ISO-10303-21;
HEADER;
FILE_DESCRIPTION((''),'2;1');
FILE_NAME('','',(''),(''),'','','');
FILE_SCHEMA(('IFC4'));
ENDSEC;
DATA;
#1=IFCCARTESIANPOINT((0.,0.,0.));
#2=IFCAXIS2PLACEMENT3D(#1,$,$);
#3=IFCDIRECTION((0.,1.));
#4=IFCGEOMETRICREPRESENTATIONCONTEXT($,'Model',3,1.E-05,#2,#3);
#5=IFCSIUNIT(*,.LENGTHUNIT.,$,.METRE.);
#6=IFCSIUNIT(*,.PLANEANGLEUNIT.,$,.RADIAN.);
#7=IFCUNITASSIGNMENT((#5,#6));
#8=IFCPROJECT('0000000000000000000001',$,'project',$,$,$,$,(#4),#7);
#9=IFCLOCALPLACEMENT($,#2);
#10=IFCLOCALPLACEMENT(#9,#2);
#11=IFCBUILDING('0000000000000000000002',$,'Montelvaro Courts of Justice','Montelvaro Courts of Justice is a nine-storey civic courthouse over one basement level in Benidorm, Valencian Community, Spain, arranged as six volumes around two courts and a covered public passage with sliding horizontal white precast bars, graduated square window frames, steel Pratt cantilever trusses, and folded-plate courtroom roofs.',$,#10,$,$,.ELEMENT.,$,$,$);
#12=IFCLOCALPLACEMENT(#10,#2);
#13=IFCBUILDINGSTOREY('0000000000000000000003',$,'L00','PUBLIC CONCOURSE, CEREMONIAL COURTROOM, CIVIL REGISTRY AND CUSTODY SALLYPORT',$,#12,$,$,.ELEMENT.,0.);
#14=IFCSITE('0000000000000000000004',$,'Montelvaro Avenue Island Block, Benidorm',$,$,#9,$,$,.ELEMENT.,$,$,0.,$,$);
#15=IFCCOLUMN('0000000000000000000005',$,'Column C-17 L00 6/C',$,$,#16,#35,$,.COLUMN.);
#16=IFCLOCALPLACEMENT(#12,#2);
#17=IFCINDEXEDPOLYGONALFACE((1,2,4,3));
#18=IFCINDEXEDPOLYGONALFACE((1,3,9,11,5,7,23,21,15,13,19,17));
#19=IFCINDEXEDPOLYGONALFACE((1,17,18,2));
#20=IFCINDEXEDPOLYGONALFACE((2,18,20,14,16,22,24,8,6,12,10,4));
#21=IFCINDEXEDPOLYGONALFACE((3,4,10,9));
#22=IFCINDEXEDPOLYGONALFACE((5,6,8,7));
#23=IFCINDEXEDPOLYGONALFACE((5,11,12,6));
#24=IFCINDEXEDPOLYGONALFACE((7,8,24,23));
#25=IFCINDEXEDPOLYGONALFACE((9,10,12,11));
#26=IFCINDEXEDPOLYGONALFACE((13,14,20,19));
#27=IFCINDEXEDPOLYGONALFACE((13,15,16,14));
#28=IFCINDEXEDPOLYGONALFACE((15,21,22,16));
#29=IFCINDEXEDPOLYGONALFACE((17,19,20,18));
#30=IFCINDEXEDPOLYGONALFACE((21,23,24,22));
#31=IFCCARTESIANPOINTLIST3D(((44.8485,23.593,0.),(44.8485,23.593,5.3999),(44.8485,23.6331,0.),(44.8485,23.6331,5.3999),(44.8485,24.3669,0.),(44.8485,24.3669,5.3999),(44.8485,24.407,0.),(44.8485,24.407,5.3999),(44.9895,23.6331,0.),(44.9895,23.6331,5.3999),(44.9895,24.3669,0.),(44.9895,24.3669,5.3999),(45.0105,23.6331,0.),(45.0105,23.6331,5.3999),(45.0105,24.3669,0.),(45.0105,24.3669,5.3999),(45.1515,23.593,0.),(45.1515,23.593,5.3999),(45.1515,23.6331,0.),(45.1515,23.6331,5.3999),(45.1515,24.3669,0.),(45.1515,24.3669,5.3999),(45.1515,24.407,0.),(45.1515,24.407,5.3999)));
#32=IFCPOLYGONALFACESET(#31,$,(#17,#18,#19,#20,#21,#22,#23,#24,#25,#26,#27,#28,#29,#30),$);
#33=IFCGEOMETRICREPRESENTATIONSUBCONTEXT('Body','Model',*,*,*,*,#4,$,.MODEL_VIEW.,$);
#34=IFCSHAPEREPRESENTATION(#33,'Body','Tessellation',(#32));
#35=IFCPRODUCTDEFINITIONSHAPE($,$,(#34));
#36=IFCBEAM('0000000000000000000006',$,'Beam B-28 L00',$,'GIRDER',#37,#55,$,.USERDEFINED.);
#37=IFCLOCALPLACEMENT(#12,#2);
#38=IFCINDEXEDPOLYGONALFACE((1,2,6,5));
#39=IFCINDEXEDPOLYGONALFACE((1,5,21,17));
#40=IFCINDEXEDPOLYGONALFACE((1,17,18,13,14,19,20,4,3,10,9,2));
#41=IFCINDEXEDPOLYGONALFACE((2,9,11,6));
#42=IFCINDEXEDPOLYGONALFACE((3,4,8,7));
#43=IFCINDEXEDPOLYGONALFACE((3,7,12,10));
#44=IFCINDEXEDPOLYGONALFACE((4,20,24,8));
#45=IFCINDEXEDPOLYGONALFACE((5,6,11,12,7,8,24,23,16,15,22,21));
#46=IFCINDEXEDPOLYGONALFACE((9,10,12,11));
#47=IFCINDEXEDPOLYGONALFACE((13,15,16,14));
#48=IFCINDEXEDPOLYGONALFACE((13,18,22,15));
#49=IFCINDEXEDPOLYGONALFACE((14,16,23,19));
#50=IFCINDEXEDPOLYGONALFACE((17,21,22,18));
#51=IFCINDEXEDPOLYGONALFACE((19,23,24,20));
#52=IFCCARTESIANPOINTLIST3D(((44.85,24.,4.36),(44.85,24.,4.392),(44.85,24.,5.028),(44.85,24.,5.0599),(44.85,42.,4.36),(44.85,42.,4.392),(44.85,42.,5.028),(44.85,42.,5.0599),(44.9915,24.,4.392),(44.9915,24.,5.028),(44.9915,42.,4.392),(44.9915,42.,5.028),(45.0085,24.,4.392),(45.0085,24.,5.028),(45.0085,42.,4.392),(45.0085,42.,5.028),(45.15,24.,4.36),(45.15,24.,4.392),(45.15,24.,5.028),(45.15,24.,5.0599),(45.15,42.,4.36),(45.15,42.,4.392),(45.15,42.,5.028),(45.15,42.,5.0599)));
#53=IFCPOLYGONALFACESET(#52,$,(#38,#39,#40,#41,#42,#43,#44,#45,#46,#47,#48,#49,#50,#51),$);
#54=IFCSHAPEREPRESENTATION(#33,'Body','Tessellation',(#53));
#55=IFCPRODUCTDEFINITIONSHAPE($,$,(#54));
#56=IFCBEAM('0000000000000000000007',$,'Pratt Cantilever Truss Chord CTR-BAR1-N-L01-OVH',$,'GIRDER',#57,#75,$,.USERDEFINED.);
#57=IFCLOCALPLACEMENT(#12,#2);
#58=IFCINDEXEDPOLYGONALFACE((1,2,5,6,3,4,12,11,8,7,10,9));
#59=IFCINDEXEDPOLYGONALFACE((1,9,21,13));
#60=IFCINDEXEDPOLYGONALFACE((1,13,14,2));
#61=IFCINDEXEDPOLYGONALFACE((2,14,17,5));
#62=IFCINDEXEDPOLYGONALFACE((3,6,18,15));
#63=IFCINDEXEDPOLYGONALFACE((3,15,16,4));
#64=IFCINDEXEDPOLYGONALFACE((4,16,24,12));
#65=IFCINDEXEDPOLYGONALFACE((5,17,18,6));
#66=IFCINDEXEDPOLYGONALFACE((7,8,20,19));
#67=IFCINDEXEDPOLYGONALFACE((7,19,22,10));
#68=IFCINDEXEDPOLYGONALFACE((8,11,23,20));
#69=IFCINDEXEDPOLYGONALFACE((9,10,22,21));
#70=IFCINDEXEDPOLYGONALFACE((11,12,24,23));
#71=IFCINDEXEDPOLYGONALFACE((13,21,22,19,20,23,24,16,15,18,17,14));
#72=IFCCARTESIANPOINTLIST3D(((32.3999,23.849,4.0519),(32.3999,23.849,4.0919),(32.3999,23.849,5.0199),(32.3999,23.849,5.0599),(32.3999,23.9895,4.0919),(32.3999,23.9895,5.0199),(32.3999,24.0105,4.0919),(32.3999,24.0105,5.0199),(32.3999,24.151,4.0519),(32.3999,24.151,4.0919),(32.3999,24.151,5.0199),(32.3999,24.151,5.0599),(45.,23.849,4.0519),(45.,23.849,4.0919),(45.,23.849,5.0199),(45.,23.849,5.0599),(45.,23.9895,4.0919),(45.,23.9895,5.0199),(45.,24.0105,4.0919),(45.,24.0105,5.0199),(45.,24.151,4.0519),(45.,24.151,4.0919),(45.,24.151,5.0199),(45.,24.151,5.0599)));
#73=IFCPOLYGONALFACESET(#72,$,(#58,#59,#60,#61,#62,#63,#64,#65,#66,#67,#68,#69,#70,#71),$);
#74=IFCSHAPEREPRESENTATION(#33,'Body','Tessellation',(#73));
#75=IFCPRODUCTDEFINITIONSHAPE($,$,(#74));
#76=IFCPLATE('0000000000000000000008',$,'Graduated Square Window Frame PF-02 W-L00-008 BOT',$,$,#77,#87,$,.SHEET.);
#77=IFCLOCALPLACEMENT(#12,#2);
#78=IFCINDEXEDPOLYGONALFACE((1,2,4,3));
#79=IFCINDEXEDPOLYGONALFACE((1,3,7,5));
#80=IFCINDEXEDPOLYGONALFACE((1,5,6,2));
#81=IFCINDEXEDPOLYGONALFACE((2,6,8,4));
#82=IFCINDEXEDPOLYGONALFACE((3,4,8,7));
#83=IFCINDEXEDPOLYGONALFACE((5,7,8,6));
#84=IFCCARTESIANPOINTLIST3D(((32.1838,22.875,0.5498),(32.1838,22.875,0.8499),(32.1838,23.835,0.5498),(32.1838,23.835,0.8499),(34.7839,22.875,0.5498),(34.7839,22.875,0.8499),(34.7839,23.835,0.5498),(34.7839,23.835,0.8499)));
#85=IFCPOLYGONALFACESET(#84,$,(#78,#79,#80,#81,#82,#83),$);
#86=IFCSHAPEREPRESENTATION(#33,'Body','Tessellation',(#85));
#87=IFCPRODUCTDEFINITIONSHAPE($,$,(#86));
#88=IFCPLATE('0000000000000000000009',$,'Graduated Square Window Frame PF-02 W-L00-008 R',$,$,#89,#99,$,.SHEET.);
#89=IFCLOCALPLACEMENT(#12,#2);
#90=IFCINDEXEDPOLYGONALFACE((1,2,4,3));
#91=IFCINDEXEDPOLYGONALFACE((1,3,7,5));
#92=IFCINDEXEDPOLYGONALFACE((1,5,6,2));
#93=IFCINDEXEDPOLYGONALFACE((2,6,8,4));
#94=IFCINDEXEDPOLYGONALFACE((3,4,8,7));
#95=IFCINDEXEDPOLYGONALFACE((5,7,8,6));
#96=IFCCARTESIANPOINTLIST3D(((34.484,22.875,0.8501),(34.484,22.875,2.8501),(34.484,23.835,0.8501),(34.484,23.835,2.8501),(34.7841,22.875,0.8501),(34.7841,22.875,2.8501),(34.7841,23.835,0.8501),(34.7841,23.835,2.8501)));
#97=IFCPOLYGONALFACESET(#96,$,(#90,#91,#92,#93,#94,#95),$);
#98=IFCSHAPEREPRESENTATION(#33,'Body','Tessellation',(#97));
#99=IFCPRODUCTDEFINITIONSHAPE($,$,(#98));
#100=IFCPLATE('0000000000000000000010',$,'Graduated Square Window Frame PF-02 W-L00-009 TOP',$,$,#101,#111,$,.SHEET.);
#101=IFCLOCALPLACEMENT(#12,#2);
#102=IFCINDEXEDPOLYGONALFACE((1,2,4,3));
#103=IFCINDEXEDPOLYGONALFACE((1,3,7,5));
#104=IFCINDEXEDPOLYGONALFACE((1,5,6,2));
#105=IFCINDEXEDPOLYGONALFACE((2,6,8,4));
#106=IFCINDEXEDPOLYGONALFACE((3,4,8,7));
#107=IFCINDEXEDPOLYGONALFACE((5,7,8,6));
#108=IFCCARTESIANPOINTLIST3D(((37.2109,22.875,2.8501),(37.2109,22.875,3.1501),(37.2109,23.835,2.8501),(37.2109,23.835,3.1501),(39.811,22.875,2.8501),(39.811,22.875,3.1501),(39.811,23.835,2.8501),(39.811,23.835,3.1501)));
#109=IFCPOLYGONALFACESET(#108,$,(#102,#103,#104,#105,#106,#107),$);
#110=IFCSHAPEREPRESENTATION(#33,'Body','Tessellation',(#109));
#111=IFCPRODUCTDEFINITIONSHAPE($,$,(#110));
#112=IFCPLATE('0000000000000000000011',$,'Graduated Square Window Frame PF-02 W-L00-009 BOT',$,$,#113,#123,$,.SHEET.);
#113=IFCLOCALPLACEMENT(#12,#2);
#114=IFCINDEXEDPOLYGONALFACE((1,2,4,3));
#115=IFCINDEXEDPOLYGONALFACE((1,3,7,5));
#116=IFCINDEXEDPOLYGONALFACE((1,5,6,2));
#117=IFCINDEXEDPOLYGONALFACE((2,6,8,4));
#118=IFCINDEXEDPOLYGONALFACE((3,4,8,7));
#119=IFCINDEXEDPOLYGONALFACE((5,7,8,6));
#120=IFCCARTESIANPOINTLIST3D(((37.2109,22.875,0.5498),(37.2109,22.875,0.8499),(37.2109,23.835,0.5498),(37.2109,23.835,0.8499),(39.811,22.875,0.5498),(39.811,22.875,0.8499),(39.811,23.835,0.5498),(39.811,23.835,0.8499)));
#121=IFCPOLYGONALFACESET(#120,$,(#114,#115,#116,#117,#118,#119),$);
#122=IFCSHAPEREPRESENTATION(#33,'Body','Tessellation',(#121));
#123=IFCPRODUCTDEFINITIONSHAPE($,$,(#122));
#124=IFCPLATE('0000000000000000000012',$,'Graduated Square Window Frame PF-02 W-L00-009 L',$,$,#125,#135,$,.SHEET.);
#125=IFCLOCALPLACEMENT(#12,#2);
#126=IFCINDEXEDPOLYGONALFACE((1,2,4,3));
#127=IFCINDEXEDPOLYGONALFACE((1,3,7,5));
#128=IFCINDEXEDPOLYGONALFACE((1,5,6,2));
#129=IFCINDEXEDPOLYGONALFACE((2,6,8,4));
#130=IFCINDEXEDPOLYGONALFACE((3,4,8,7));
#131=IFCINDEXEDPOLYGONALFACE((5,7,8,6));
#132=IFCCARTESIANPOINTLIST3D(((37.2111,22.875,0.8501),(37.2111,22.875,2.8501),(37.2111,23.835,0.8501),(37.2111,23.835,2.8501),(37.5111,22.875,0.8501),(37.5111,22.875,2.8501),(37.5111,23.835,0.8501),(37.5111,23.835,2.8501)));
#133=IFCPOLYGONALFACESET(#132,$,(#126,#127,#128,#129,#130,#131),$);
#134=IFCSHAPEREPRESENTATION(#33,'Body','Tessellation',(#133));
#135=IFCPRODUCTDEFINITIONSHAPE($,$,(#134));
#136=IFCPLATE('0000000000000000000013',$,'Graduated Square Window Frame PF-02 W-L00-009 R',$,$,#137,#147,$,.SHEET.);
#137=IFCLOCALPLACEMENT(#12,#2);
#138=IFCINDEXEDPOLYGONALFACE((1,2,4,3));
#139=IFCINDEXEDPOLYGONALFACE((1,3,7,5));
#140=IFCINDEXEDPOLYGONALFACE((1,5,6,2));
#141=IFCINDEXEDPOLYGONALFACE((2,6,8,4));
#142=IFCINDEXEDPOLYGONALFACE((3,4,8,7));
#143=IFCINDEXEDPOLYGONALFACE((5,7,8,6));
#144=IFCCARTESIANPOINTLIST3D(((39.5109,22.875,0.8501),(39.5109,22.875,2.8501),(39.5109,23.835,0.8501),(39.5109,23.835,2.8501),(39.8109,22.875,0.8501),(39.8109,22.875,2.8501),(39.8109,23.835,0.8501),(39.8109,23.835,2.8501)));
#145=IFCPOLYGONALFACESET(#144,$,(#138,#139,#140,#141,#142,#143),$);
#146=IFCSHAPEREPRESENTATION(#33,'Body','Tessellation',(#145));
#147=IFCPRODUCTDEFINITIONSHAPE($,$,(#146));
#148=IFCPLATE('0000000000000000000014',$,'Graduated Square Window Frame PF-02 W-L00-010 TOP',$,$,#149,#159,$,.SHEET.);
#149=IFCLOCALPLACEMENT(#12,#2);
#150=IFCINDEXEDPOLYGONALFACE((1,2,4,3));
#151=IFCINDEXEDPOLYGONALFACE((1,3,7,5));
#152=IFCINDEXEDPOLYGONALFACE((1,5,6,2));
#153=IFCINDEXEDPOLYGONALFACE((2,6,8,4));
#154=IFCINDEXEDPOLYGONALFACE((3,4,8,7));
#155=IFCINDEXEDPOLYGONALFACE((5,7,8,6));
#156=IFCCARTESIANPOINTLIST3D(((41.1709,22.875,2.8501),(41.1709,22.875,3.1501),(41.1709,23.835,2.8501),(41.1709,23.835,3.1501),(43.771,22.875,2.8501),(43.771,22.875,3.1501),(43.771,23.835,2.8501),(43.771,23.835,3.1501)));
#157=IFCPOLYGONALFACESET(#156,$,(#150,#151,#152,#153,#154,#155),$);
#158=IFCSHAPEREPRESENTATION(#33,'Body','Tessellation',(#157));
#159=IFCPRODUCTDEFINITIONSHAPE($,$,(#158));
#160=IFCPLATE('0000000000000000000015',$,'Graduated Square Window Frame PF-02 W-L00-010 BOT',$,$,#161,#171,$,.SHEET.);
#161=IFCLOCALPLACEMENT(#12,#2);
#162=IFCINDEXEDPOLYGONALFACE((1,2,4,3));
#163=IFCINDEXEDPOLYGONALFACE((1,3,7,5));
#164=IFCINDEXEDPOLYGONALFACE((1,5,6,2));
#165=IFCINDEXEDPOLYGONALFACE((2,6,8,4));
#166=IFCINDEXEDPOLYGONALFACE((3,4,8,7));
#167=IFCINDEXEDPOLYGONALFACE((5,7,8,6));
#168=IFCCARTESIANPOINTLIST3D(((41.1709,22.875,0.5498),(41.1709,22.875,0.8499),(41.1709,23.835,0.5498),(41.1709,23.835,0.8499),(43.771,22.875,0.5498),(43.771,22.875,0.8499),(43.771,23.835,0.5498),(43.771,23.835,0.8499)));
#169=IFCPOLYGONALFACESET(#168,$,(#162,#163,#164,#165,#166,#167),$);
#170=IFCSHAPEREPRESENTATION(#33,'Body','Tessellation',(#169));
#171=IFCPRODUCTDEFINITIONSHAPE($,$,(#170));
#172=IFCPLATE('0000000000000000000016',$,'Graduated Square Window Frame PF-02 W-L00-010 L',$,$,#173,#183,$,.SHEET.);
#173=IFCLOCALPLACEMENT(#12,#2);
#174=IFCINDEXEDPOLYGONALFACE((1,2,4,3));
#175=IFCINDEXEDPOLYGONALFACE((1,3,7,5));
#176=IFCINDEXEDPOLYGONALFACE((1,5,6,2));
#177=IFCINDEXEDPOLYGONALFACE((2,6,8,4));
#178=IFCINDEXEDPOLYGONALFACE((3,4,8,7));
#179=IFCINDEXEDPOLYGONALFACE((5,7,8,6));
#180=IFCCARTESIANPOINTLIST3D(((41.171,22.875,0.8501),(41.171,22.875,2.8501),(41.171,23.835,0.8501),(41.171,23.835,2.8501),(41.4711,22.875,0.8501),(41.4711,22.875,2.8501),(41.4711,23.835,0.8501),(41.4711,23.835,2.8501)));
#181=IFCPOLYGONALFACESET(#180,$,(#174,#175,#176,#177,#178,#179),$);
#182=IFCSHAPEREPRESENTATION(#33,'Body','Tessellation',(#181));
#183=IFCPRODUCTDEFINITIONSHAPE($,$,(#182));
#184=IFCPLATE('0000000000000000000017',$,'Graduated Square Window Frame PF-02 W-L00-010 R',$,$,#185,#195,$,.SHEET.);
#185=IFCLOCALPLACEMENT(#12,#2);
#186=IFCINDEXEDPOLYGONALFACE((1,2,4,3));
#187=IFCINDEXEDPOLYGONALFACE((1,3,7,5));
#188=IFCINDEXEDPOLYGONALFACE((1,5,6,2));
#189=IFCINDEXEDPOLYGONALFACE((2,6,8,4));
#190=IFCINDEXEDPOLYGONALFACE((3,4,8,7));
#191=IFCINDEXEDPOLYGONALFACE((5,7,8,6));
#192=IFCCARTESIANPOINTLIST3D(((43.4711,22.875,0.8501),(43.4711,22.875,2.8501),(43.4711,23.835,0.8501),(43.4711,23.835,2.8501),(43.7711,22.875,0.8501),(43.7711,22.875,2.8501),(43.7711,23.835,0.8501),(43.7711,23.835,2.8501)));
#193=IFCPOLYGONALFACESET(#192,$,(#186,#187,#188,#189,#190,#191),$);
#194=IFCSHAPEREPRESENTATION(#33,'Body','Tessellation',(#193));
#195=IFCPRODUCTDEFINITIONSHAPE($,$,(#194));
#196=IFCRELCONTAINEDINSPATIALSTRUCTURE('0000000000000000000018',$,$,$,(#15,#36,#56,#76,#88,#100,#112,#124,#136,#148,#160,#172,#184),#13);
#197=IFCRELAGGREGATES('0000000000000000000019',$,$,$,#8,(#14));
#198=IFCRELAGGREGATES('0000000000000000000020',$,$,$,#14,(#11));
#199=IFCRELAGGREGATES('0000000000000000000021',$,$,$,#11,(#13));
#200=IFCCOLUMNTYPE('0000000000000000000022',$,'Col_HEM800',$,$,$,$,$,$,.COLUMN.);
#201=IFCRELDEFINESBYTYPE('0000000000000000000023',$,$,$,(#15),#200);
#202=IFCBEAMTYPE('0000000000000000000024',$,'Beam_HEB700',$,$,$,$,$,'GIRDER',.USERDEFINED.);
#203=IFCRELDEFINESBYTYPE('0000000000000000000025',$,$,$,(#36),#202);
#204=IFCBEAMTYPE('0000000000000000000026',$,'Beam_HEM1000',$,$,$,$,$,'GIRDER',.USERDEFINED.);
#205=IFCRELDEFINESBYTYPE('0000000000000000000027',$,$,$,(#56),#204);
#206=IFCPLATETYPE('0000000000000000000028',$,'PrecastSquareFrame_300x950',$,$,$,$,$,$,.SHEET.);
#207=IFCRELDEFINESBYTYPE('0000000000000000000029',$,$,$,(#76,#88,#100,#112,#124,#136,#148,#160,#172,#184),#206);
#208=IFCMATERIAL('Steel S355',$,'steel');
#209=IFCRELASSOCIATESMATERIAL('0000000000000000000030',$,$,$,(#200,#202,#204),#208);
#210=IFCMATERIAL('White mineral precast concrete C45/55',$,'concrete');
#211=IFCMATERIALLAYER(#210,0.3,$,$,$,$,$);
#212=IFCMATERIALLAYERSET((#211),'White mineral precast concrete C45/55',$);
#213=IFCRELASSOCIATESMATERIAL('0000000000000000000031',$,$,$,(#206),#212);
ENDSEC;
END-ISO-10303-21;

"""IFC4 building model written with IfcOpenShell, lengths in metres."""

from ifc_helpers import new_model, si_unit, direction, frame, origin, origin_2d, place, context, subcontext, project, spatial, rectangle, i_section, extrude, material, layer, layer_set, material_profile, profile_set, type_object, element, save


model = new_model("IFC4")

# Units and contexts
model_context = context("Model", 3, precision=1e-05, world=origin(), true_north=direction((0.0, 1.0)))
body_context = subcontext(model_context, "Body", "Model", "MODEL_VIEW")
ifc_project = project(units=[si_unit("LENGTHUNIT", "METRE"), si_unit("PLANEANGLEUNIT", "RADIAN")], contexts=[model_context])

# Site, building, storey
site_placement = place(None, origin())
site = spatial("IfcSite", under=ifc_project, at=site_placement, Name="Montelvaro Avenue Island Block, Benidorm", CompositionType="ELEMENT", RefElevation=0.0)
building_placement = place(site_placement, origin())
building = spatial("IfcBuilding", under=site, at=building_placement, Name="Montelvaro Courts of Justice", Description="Montelvaro Courts of Justice is a nine-storey civic courthouse over one basement level in Benidorm, Valencian Community, Spain, arranged as six volumes around two courts and a covered public passage with sliding horizontal white precast bars, graduated square window frames, steel Pratt cantilever trusses, and folded-plate courtroom roofs.", CompositionType="ELEMENT")
storey_placement = place(building_placement, origin())
storey = spatial("IfcBuildingStorey", under=building, at=storey_placement, Name="L00", Description="PUBLIC CONCOURSE, CEREMONIAL COURTROOM, CIVIL REGISTRY AND CUSTODY SALLYPORT", CompositionType="ELEMENT", Elevation=0.0)

# Column
ifc_material_1 = material(Name="Steel S355", Category="steel")
ifc_material_profile_1 = material_profile(ifc_material_1, i_section(OverallWidth=0.303, OverallDepth=0.814, WebThickness=0.021, FlangeThickness=0.04, at=origin_2d()), Name="HEM 800")
ifc_profile_set_1 = profile_set([ifc_material_profile_1], Name="Steel S355")
column_type = type_object("IfcColumnType", Name="Col_HEM800", PredefinedType="COLUMN", material=ifc_profile_set_1)
column_placement = place(storey_placement, frame((45.0, 24.0, 0.0), z_axis=(0.0, 0.0, 1.0), x_axis=(1.0, 0.0, 0.0)))
element("IfcColumn", 1, at=column_placement, inside=storey, type_object=column_type, Name="Column C-17 L00 6/C", PredefinedType="COLUMN", context=body_context, shape_type="SweptSolid", body=[
    extrude(i_section(OverallWidth=0.303, OverallDepth=0.814, WebThickness=0.021, FlangeThickness=0.04, at=origin_2d()), origin(), (0.0, 0.0, 1.0), 5.3999),
])

# Beams
ifc_material_profile_2 = material_profile(ifc_material_1, i_section(OverallWidth=0.3, OverallDepth=0.7, WebThickness=0.0171, FlangeThickness=0.032, at=origin_2d()), Name="HEB 700")
ifc_profile_set_2 = profile_set([ifc_material_profile_2], Name="Steel S355")
beam_type_1 = type_object("IfcBeamType", Name="Beam_HEB700", ElementType="GIRDER", PredefinedType="USERDEFINED", material=ifc_profile_set_2)
beam_1_placement = place(storey_placement, frame((45.0, 24.0, 4.71), z_axis=(0.0, 1.0, 0.0), x_axis=(-1.0, 0.0, 0.0)))
element("IfcBeam", 2, at=beam_1_placement, inside=storey, type_object=beam_type_1, Name="Beam B-28 L00", ObjectType="GIRDER", PredefinedType="USERDEFINED", context=body_context, shape_type="SweptSolid", body=[
    extrude(i_section(OverallWidth=0.3, OverallDepth=0.7, WebThickness=0.0171, FlangeThickness=0.032, at=origin_2d()), origin(), (0.0, 0.0, 1.0), 18.0),
])
ifc_material_profile_3 = material_profile(ifc_material_1, i_section(OverallWidth=0.302, OverallDepth=1.0081, WebThickness=0.021, FlangeThickness=0.04, at=origin_2d()), Name="HEM 1000")
ifc_profile_set_3 = profile_set([ifc_material_profile_3], Name="Steel S355")
beam_type_2 = type_object("IfcBeamType", Name="Beam_HEM1000", ElementType="GIRDER", PredefinedType="USERDEFINED", material=ifc_profile_set_3)
beam_2_placement = place(storey_placement, frame((45.0, 24.0, 4.5559), z_axis=(-1.0, 0.0, 0.0), x_axis=(0.0, -1.0, 0.0)))
element("IfcBeam", 3, at=beam_2_placement, inside=storey, type_object=beam_type_2, Name="Pratt Cantilever Truss Chord CTR-BAR1-N-L01-OVH", ObjectType="GIRDER", PredefinedType="USERDEFINED", context=body_context, shape_type="SweptSolid", body=[
    extrude(i_section(OverallWidth=0.302, OverallDepth=1.0081, WebThickness=0.021, FlangeThickness=0.04, at=origin_2d()), origin(), (0.0, 0.0, 1.0), 12.6001),
])

# Plates
ifc_material_2 = material(Name="White mineral precast concrete C45/55", Category="concrete")
ifc_layer_1 = layer(ifc_material_2, 0.3)
ifc_layer_set_1 = layer_set([ifc_layer_1], Name="White mineral precast concrete C45/55")
plate_type = type_object("IfcPlateType", Name="PrecastSquareFrame_300x950", PredefinedType="SHEET", material=ifc_layer_set_1)
plate_1_placement = place(storey_placement, frame((33.4839, 23.355, 0.5498), z_axis=(0.0, 0.0, 1.0), x_axis=(1.0, 0.0, 0.0)))
element("IfcPlate", 4, at=plate_1_placement, inside=storey, type_object=plate_type, Name="Graduated Square Window Frame PF-02 W-L00-008 BOT", PredefinedType="SHEET", context=body_context, shape_type="SweptSolid", body=[
    extrude(rectangle(XDim=2.6001, YDim=0.96, at=origin_2d()), origin(), (0.0, 0.0, 1.0), 0.3),
])
plate_2_placement = place(storey_placement, frame((34.634, 23.355, 0.8501), z_axis=(0.0, 0.0, 1.0), x_axis=(1.0, 0.0, 0.0)))
element("IfcPlate", 5, at=plate_2_placement, inside=storey, type_object=plate_type, Name="Graduated Square Window Frame PF-02 W-L00-008 R", PredefinedType="SHEET", context=body_context, shape_type="SweptSolid", body=[
    extrude(rectangle(XDim=0.3, YDim=0.96, at=origin_2d()), origin(), (0.0, 0.0, 1.0), 2.0),
])
for number, where, z_axis, x_axis, name in (
    (6, (38.511, 23.355, 2.8501), (0.0, 0.0, 1.0), (1.0, 0.0, 0.0), "Graduated Square Window Frame PF-02 W-L00-009 TOP"),
    (7, (38.511, 23.355, 0.5498), (0.0, 0.0, 1.0), (1.0, 0.0, 0.0), "Graduated Square Window Frame PF-02 W-L00-009 BOT"),
):
    element("IfcPlate", number, at=place(storey_placement, frame(where, z_axis=z_axis, x_axis=x_axis)), inside=storey, type_object=plate_type, Name=name, PredefinedType="SHEET", context=body_context, shape_type="SweptSolid", body=[
        extrude(rectangle(XDim=2.6001, YDim=0.96, at=origin_2d()), origin(), (0.0, 0.0, 1.0), 0.3),
    ])
for number, where, z_axis, x_axis, name in (
    (8, (37.3611, 23.355, 0.8501), (0.0, 0.0, 1.0), (1.0, 0.0, 0.0), "Graduated Square Window Frame PF-02 W-L00-009 L"),
    (9, (39.6609, 23.355, 0.8501), (0.0, 0.0, 1.0), (1.0, 0.0, 0.0), "Graduated Square Window Frame PF-02 W-L00-009 R"),
):
    element("IfcPlate", number, at=place(storey_placement, frame(where, z_axis=z_axis, x_axis=x_axis)), inside=storey, type_object=plate_type, Name=name, PredefinedType="SHEET", context=body_context, shape_type="SweptSolid", body=[
        extrude(rectangle(XDim=0.3, YDim=0.96, at=origin_2d()), origin(), (0.0, 0.0, 1.0), 2.0),
    ])
for number, where, z_axis, x_axis, name in (
    (10, (42.4709, 23.355, 2.8501), (0.0, 0.0, 1.0), (1.0, 0.0, 0.0), "Graduated Square Window Frame PF-02 W-L00-010 TOP"),
    (11, (42.4709, 23.355, 0.5498), (0.0, 0.0, 1.0), (1.0, 0.0, 0.0), "Graduated Square Window Frame PF-02 W-L00-010 BOT"),
):
    element("IfcPlate", number, at=place(storey_placement, frame(where, z_axis=z_axis, x_axis=x_axis)), inside=storey, type_object=plate_type, Name=name, PredefinedType="SHEET", context=body_context, shape_type="SweptSolid", body=[
        extrude(rectangle(XDim=2.6001, YDim=0.96, at=origin_2d()), origin(), (0.0, 0.0, 1.0), 0.3),
    ])
for number, where, z_axis, x_axis, name in (
    (12, (41.321, 23.355, 0.8501), (0.0, 0.0, 1.0), (1.0, 0.0, 0.0), "Graduated Square Window Frame PF-02 W-L00-010 L"),
    (13, (43.6211, 23.355, 0.8501), (0.0, 0.0, 1.0), (1.0, 0.0, 0.0), "Graduated Square Window Frame PF-02 W-L00-010 R"),
):
    element("IfcPlate", number, at=place(storey_placement, frame(where, z_axis=z_axis, x_axis=x_axis)), inside=storey, type_object=plate_type, Name=name, PredefinedType="SHEET", context=body_context, shape_type="SweptSolid", body=[
        extrude(rectangle(XDim=0.3, YDim=0.96, at=origin_2d()), origin(), (0.0, 0.0, 1.0), 2.0),
    ])

save(model, "model.ifc")
